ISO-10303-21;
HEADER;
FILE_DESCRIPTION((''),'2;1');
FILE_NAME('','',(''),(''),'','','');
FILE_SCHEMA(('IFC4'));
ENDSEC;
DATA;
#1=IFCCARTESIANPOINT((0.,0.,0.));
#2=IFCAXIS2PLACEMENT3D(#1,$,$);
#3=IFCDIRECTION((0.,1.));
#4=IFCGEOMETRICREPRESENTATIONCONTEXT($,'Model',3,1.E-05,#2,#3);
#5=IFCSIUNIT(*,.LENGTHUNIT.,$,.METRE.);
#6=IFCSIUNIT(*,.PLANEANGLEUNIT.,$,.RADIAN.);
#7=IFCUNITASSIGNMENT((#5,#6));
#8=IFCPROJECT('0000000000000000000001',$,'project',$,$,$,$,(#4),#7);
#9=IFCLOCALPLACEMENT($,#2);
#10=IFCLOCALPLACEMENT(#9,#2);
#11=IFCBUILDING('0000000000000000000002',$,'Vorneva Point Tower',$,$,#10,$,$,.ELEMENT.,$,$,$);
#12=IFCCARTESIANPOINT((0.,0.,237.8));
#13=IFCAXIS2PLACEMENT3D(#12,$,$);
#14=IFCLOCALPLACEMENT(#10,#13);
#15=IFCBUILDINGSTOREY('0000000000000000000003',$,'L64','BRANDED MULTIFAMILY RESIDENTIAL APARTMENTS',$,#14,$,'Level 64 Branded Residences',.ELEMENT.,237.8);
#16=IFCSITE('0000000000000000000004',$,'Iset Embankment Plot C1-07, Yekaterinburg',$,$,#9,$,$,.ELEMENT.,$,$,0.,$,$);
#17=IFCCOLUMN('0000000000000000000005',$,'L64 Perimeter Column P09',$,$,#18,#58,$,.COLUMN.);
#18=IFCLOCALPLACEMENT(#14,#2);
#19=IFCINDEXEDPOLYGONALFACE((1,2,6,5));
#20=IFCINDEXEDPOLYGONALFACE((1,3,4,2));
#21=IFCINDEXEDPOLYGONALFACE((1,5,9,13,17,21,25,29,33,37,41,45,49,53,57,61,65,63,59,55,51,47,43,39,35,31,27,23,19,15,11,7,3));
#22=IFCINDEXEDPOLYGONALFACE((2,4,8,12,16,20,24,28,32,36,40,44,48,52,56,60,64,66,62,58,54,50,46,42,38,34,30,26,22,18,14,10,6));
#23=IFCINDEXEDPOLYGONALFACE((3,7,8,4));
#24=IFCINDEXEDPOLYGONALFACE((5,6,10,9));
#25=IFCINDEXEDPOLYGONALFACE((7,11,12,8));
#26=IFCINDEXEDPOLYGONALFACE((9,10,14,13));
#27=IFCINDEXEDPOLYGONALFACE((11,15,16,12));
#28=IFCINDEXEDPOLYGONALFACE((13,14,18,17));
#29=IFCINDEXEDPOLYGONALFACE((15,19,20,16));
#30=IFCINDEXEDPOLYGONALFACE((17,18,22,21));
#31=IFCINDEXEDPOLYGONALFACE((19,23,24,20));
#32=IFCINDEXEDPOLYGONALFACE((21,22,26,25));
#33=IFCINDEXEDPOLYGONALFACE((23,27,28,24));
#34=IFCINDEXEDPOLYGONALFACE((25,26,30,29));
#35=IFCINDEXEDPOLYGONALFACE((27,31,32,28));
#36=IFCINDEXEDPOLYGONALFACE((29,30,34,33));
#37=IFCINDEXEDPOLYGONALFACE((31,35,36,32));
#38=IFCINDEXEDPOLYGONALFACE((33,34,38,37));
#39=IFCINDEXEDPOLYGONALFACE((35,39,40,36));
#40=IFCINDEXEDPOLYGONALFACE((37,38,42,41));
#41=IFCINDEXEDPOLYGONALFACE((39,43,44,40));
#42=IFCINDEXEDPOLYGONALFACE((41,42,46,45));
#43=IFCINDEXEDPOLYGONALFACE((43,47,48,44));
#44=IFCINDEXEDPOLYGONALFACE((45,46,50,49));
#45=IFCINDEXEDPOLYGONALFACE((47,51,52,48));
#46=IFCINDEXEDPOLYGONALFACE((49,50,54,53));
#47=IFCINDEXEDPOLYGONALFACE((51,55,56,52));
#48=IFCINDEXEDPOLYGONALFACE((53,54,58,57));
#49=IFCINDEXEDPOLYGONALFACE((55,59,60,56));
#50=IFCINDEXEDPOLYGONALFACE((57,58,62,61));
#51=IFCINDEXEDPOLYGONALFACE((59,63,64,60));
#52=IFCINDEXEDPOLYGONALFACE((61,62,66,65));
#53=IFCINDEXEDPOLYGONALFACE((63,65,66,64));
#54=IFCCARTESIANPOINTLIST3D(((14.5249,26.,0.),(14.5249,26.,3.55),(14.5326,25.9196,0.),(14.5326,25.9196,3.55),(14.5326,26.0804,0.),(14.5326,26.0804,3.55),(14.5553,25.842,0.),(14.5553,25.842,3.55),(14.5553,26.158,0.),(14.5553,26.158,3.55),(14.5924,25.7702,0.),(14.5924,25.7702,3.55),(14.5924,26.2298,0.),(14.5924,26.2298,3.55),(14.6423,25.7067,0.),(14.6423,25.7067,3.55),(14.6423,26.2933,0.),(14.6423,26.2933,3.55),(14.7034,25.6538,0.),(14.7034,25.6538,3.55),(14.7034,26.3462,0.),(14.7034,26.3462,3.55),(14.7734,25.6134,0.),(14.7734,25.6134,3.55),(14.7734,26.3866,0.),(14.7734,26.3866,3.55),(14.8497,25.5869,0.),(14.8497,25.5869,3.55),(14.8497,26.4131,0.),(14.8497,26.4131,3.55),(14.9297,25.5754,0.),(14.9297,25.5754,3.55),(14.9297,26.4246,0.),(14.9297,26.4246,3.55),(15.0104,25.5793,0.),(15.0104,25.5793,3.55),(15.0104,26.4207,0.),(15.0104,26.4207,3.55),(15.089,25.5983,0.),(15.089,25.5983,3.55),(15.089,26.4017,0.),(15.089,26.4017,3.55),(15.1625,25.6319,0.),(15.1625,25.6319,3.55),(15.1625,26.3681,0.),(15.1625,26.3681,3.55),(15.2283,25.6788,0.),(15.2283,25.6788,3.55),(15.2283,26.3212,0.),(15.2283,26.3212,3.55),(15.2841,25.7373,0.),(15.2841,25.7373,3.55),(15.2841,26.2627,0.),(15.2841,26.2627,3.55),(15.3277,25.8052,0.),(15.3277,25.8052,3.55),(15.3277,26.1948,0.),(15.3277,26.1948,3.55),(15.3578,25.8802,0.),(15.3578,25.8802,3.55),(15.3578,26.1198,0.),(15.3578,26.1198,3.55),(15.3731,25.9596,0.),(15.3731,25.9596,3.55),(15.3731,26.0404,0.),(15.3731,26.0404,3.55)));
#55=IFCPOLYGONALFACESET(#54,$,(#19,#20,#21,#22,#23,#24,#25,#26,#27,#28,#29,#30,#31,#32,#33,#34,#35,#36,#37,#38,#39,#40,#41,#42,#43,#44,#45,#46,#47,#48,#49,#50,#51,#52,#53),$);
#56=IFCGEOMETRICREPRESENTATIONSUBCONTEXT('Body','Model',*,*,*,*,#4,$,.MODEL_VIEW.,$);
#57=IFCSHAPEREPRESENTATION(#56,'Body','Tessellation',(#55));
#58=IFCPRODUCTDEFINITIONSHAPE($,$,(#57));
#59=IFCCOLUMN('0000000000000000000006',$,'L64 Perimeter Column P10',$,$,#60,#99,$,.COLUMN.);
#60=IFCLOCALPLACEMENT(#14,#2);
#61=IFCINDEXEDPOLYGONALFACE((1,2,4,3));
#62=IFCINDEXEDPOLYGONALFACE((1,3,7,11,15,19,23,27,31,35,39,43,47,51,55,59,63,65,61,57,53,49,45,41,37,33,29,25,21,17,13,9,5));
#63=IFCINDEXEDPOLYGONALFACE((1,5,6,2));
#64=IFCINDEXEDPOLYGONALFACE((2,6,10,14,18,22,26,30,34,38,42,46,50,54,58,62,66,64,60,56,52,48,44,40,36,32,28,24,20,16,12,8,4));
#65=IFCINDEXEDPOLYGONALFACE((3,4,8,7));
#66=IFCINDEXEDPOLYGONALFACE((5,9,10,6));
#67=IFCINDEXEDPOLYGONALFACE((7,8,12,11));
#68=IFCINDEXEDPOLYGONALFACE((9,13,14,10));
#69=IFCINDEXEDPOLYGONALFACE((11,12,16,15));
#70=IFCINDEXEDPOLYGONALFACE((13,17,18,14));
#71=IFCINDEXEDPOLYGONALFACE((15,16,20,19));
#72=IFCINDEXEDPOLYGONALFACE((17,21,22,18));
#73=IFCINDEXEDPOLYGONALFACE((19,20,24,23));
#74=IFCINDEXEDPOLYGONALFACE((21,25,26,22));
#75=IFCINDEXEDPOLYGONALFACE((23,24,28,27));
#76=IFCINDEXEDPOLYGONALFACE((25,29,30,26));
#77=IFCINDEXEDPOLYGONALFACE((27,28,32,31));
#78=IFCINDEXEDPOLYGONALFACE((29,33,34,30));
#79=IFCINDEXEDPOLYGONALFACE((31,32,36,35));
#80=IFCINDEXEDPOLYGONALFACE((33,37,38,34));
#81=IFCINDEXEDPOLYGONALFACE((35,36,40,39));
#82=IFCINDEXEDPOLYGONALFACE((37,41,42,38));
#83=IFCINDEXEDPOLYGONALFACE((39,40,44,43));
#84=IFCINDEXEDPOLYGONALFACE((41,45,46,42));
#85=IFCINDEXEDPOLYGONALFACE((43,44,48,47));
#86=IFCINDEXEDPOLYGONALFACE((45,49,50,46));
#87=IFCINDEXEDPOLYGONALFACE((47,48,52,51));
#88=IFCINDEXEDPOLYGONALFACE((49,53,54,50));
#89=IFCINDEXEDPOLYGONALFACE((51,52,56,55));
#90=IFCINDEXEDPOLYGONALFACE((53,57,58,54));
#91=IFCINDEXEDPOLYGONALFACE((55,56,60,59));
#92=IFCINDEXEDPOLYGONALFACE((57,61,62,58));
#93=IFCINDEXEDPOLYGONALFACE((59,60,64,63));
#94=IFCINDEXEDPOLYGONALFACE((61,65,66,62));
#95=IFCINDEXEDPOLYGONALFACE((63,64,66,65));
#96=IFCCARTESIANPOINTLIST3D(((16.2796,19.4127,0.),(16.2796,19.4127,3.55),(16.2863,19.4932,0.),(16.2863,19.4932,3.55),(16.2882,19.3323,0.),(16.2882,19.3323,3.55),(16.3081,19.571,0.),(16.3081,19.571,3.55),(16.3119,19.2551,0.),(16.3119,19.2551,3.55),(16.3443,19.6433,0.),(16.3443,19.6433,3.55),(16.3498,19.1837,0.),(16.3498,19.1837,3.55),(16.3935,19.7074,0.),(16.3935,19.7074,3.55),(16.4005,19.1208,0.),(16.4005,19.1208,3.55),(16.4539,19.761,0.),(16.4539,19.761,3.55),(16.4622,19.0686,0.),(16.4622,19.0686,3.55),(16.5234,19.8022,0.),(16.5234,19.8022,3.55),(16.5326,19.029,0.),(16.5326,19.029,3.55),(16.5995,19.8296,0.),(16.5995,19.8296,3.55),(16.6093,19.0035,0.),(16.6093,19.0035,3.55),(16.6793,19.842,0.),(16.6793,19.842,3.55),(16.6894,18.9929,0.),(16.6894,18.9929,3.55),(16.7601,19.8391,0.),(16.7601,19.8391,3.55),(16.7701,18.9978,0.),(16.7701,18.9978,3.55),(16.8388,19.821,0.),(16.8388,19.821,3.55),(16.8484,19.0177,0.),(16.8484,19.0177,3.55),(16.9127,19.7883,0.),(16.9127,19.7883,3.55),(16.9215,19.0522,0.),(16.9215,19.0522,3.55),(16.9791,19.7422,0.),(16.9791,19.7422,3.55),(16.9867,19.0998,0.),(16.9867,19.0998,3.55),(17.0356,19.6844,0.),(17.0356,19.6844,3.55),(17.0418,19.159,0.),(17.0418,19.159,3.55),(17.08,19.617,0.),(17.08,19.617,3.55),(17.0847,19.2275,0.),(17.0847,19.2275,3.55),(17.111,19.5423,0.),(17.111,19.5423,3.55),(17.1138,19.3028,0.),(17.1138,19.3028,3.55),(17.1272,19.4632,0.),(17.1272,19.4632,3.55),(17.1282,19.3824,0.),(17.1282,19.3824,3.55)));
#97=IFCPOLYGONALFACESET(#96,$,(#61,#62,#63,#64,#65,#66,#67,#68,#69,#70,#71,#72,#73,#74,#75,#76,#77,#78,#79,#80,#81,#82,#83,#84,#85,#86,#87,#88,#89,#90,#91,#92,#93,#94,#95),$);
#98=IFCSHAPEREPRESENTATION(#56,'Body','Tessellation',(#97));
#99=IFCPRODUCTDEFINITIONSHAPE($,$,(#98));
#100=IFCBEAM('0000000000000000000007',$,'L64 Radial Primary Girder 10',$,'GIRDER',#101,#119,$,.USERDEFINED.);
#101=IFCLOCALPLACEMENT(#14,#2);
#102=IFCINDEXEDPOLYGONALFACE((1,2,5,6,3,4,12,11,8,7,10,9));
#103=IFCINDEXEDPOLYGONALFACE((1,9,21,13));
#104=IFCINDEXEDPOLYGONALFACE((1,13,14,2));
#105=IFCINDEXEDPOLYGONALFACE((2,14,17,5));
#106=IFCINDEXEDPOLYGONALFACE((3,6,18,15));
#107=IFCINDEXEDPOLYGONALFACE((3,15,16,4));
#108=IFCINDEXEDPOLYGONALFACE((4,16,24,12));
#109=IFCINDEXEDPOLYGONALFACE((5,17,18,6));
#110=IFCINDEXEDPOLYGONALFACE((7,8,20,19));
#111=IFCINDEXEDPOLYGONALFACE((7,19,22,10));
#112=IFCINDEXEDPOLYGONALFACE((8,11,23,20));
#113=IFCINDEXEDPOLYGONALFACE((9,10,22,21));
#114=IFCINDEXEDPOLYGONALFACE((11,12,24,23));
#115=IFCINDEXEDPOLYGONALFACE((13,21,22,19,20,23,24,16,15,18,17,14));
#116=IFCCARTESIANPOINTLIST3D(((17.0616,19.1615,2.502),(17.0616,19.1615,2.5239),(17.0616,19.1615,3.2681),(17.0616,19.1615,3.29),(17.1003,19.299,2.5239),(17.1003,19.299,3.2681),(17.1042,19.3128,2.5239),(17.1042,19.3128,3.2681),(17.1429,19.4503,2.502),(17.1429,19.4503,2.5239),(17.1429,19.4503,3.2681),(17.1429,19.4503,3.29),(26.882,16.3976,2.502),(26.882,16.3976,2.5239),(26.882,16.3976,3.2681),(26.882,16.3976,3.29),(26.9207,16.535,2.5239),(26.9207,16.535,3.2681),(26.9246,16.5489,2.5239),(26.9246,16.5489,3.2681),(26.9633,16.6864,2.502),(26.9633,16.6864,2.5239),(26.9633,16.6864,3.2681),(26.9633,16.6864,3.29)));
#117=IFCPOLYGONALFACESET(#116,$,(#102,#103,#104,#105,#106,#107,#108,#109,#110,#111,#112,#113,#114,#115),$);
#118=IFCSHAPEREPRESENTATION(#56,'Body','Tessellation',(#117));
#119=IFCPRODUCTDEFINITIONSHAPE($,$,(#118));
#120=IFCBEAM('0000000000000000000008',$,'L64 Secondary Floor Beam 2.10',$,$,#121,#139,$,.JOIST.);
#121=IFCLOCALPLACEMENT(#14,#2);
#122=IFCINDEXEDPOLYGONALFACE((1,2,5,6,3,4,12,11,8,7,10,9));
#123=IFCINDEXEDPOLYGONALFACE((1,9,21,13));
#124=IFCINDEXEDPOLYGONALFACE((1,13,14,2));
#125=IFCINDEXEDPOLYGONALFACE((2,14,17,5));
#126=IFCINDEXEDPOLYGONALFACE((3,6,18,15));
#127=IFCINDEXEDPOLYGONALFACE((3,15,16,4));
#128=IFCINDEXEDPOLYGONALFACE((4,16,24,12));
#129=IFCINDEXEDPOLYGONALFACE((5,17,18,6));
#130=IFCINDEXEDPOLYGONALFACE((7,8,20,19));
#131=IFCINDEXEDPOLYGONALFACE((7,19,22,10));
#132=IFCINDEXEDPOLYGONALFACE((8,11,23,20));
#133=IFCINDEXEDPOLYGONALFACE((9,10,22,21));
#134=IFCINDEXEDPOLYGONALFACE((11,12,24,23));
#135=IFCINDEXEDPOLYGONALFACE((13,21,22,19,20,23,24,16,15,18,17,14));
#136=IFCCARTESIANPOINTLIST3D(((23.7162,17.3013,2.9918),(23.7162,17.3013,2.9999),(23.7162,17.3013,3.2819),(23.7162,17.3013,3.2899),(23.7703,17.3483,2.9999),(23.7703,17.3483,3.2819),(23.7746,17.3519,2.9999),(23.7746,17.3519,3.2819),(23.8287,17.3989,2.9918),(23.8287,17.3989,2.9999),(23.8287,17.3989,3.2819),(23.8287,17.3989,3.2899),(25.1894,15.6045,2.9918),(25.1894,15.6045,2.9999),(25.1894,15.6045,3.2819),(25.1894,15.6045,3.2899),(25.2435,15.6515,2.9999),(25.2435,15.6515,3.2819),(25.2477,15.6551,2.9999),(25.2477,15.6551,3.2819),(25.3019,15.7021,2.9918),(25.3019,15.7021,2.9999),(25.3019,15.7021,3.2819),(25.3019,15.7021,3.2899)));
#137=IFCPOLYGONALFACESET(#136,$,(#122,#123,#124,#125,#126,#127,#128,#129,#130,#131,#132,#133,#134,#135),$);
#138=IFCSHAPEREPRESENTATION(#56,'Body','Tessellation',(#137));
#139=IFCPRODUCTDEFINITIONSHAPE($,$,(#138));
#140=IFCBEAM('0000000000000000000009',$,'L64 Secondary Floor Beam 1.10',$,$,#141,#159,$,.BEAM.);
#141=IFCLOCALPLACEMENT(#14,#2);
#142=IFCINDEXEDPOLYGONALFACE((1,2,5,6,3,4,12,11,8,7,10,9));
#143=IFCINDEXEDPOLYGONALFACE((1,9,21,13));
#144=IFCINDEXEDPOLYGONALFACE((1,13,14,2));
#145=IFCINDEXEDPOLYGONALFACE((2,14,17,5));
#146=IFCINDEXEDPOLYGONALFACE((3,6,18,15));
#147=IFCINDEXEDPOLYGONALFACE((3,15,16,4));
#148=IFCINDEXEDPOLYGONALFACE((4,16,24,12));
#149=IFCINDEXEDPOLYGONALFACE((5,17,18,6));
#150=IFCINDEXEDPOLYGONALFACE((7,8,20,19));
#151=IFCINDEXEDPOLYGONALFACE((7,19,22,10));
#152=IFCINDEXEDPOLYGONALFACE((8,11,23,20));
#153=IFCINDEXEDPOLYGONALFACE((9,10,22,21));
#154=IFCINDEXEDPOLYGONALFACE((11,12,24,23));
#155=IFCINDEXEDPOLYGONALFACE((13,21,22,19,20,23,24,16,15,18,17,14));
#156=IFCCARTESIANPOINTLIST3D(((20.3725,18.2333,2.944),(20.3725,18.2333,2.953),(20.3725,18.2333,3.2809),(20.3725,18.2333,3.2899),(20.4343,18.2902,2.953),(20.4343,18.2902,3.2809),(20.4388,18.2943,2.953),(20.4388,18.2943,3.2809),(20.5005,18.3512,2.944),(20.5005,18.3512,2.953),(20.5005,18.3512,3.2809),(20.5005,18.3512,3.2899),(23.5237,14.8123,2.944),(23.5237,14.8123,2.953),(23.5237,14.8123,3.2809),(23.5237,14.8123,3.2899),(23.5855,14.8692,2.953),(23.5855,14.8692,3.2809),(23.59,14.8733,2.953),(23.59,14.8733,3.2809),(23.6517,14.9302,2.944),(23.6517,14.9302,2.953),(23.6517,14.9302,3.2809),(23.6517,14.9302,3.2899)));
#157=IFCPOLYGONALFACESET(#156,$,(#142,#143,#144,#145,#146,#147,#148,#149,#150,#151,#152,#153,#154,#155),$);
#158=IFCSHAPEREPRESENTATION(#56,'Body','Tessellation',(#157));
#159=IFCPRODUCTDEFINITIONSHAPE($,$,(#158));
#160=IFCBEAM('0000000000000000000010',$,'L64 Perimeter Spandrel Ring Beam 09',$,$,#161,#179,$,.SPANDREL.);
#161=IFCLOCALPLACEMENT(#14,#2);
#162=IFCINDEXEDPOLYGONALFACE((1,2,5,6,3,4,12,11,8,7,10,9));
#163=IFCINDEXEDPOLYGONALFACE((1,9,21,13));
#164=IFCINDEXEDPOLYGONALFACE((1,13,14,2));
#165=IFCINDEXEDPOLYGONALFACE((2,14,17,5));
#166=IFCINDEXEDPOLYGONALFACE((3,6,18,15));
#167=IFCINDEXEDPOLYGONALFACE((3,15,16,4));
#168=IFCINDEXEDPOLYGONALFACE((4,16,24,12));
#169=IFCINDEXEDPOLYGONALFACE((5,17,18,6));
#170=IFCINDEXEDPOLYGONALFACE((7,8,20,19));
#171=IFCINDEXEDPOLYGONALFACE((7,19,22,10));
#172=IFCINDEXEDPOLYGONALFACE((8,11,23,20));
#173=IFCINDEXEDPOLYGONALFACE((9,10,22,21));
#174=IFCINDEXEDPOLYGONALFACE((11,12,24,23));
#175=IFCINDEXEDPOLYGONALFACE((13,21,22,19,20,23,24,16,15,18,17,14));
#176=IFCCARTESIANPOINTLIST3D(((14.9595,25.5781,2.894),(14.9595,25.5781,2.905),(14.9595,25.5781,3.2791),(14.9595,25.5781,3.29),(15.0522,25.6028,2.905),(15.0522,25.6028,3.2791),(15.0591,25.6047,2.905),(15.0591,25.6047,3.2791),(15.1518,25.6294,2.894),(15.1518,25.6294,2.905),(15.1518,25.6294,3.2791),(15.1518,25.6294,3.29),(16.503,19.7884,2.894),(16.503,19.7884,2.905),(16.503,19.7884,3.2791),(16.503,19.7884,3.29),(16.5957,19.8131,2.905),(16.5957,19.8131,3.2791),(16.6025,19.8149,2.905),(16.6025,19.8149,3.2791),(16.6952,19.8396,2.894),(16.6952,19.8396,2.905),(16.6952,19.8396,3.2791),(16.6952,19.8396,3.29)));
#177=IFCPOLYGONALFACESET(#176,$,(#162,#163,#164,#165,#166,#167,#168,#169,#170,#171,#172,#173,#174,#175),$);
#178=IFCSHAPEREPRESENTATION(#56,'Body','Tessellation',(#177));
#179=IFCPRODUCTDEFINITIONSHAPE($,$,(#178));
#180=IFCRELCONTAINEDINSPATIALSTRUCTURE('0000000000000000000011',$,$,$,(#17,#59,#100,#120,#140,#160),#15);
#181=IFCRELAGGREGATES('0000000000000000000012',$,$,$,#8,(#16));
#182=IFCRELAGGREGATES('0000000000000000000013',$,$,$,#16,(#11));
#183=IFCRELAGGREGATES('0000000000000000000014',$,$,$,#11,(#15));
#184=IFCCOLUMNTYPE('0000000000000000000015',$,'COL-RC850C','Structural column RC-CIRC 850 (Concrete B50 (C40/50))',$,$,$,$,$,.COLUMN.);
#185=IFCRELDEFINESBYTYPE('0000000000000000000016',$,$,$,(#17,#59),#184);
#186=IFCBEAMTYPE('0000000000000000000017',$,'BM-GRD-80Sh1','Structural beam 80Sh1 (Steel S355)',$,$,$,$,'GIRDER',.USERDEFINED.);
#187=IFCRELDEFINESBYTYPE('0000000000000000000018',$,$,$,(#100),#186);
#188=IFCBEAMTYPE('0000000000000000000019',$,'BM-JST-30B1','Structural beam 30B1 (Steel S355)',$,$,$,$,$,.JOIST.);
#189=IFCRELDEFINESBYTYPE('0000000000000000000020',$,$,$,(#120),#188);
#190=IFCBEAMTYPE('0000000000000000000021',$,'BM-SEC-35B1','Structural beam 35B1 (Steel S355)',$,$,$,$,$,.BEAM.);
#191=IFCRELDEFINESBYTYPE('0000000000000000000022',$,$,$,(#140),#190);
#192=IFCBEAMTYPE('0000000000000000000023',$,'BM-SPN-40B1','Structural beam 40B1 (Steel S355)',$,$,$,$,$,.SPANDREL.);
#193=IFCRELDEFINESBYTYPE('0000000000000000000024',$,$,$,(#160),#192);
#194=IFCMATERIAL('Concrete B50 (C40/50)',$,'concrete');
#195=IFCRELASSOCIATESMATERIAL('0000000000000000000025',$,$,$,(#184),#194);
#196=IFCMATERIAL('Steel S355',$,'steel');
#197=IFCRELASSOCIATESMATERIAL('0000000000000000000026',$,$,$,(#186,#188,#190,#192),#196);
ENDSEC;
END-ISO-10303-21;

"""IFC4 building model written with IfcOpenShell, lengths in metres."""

from ifc_helpers import new_model, si_unit, direction, frame, origin, origin_2d, place, context, subcontext, project, spatial, circle, i_section, extrude, material, material_profile, profile_set, type_object, element, save


model = new_model("IFC4")

# Units and contexts
model_context = context("Model", 3, precision=1e-05, world=origin(), true_north=direction((0.0, 1.0)))
body_context = subcontext(model_context, "Body", "Model", "MODEL_VIEW")
ifc_project = project(units=[si_unit("LENGTHUNIT", "METRE"), si_unit("PLANEANGLEUNIT", "RADIAN")], contexts=[model_context])

# Site, building, storey
site_placement = place(None, origin())
site = spatial("IfcSite", under=ifc_project, at=site_placement, Name="Iset Embankment Plot C1-07, Yekaterinburg", CompositionType="ELEMENT", RefElevation=0.0)
building_placement = place(site_placement, origin())
building = spatial("IfcBuilding", under=site, at=building_placement, Name="Vorneva Point Tower", CompositionType="ELEMENT")
storey_placement = place(building_placement, frame((0.0, 0.0, 237.8)))
storey = spatial("IfcBuildingStorey", under=building, at=storey_placement, Name="L64", Description="BRANDED MULTIFAMILY RESIDENTIAL APARTMENTS", LongName="Level 64 Branded Residences", CompositionType="ELEMENT", Elevation=237.8)

# Columns
ifc_material_1 = material(Name="Concrete B50 (C40/50)", Category="concrete")
ifc_material_profile_1 = material_profile(ifc_material_1, circle(Radius=0.425, at=origin_2d()), Name="RC-CIRC 850")
ifc_profile_set_1 = profile_set([ifc_material_profile_1], Name="Concrete B50 (C40/50)")
column_type = type_object("IfcColumnType", Name="COL-RC850C", Description="Structural column RC-CIRC 850 (Concrete B50 (C40/50))", PredefinedType="COLUMN", material=ifc_profile_set_1)
for number, where, z_axis, x_axis, name in (
    (1, (14.95, 26.0, 0.0), (0.0, 0.0, 1.0), (-1.0, 0.0, 0.0), "L64 Perimeter Column P09"),
    (2, (16.7046, 19.4177, 0.0), (0.0, 0.0, 1.0), (-0.92388, -0.382683, 0.0), "L64 Perimeter Column P10"),
):
    element("IfcColumn", number, at=place(storey_placement, frame(where, z_axis=z_axis, x_axis=x_axis)), inside=storey, type_object=column_type, Name=name, PredefinedType="COLUMN", context=body_context, shape_type="SweptSolid", body=[
        extrude(circle(Radius=0.425, at=origin_2d()), origin(), (0.0, 0.0, 1.0), 3.55),
    ])

# Beams
ifc_material_2 = material(Name="Steel S355", Category="steel")
ifc_material_profile_2 = material_profile(ifc_material_2, i_section(OverallWidth=0.3, OverallDepth=0.7881, WebThickness=0.0144, FlangeThickness=0.022, at=origin_2d()), Name="80Sh1")
ifc_profile_set_2 = profile_set([ifc_material_profile_2], Name="Steel S355")
beam_type_1 = type_object("IfcBeamType", Name="BM-GRD-80Sh1", Description="Structural beam 80Sh1 (Steel S355)", ElementType="GIRDER", PredefinedType="USERDEFINED", material=ifc_profile_set_2)
beam_1_placement = place(storey_placement, frame((17.1023, 19.3059, 2.896), z_axis=(0.962601, -0.270923, 0.0), x_axis=(0.270923, 0.962601, 0.0)))
element("IfcBeam", 3, at=beam_1_placement, inside=storey, type_object=beam_type_1, Name="L64 Radial Primary Girder 10", ObjectType="GIRDER", PredefinedType="USERDEFINED", context=body_context, shape_type="SweptSolid", body=[
    extrude(i_section(OverallWidth=0.3, OverallDepth=0.7881, WebThickness=0.0144, FlangeThickness=0.022, at=origin_2d()), origin(), (0.0, 0.0, 1.0), 10.2019),
])
ifc_material_profile_3 = material_profile(ifc_material_2, i_section(OverallWidth=0.1489, OverallDepth=0.2981, WebThickness=0.0056, FlangeThickness=0.0081, at=origin_2d()), Name="30B1")
ifc_profile_set_3 = profile_set([ifc_material_profile_3], Name="Steel S355")
beam_type_2 = type_object("IfcBeamType", Name="BM-JST-30B1", Description="Structural beam 30B1 (Steel S355)", PredefinedType="JOIST", material=ifc_profile_set_3)
beam_2_placement = place(storey_placement, frame((23.7725, 17.3501, 3.1409), z_axis=(0.655592, -0.755115, 0.0), x_axis=(0.755115, 0.655592, 0.0)))
element("IfcBeam", 4, at=beam_2_placement, inside=storey, type_object=beam_type_2, Name="L64 Secondary Floor Beam 2.10", PredefinedType="JOIST", context=body_context, shape_type="SweptSolid", body=[
    extrude(i_section(OverallWidth=0.1489, OverallDepth=0.2981, WebThickness=0.0056, FlangeThickness=0.0081, at=origin_2d()), origin(), (0.0, 0.0, 1.0), 2.2471),
])
ifc_material_profile_4 = material_profile(ifc_material_2, i_section(OverallWidth=0.1741, OverallDepth=0.3459, WebThickness=0.0061, FlangeThickness=0.009, at=origin_2d()), Name="35B1")
ifc_profile_set_4 = profile_set([ifc_material_profile_4], Name="Steel S355")
beam_type_3 = type_object("IfcBeamType", Name="BM-SEC-35B1", Description="Structural beam 35B1 (Steel S355)", PredefinedType="BEAM", material=ifc_profile_set_4)
beam_3_placement = place(storey_placement, frame((20.4365, 18.2922, 3.1169), z_axis=(0.67751, -0.735513, 0.0), x_axis=(0.735513, 0.67751, 0.0)))
element("IfcBeam", 5, at=beam_3_placement, inside=storey, type_object=beam_type_3, Name="L64 Secondary Floor Beam 1.10", PredefinedType="BEAM", context=body_context, shape_type="SweptSolid", body=[
    extrude(i_section(OverallWidth=0.1741, OverallDepth=0.3459, WebThickness=0.0061, FlangeThickness=0.009, at=origin_2d()), origin(), (0.0, 0.0, 1.0), 4.6511),
])
ifc_material_profile_5 = material_profile(ifc_material_2, i_section(OverallWidth=0.199, OverallDepth=0.396, WebThickness=0.0071, FlangeThickness=0.011, at=origin_2d()), Name="40B1")
ifc_profile_set_5 = profile_set([ifc_material_profile_5], Name="Steel S355")
beam_type_4 = type_object("IfcBeamType", Name="BM-SPN-40B1", Description="Structural beam 40B1 (Steel S355)", PredefinedType="SPANDREL", material=ifc_profile_set_5)
beam_4_placement = place(storey_placement, frame((15.0557, 25.6038, 3.092), z_axis=(0.257587, -0.966255, 0.0), x_axis=(0.966255, 0.257587, 0.0)))
element("IfcBeam", 6, at=beam_4_placement, inside=storey, type_object=beam_type_4, Name="L64 Perimeter Spandrel Ring Beam 09", PredefinedType="SPANDREL", context=body_context, shape_type="SweptSolid", body=[
    extrude(i_section(OverallWidth=0.199, OverallDepth=0.396, WebThickness=0.0071, FlangeThickness=0.011, at=origin_2d()), origin(), (0.0, 0.0, 1.0), 5.9919),
])

save(model, "model.ifc")
